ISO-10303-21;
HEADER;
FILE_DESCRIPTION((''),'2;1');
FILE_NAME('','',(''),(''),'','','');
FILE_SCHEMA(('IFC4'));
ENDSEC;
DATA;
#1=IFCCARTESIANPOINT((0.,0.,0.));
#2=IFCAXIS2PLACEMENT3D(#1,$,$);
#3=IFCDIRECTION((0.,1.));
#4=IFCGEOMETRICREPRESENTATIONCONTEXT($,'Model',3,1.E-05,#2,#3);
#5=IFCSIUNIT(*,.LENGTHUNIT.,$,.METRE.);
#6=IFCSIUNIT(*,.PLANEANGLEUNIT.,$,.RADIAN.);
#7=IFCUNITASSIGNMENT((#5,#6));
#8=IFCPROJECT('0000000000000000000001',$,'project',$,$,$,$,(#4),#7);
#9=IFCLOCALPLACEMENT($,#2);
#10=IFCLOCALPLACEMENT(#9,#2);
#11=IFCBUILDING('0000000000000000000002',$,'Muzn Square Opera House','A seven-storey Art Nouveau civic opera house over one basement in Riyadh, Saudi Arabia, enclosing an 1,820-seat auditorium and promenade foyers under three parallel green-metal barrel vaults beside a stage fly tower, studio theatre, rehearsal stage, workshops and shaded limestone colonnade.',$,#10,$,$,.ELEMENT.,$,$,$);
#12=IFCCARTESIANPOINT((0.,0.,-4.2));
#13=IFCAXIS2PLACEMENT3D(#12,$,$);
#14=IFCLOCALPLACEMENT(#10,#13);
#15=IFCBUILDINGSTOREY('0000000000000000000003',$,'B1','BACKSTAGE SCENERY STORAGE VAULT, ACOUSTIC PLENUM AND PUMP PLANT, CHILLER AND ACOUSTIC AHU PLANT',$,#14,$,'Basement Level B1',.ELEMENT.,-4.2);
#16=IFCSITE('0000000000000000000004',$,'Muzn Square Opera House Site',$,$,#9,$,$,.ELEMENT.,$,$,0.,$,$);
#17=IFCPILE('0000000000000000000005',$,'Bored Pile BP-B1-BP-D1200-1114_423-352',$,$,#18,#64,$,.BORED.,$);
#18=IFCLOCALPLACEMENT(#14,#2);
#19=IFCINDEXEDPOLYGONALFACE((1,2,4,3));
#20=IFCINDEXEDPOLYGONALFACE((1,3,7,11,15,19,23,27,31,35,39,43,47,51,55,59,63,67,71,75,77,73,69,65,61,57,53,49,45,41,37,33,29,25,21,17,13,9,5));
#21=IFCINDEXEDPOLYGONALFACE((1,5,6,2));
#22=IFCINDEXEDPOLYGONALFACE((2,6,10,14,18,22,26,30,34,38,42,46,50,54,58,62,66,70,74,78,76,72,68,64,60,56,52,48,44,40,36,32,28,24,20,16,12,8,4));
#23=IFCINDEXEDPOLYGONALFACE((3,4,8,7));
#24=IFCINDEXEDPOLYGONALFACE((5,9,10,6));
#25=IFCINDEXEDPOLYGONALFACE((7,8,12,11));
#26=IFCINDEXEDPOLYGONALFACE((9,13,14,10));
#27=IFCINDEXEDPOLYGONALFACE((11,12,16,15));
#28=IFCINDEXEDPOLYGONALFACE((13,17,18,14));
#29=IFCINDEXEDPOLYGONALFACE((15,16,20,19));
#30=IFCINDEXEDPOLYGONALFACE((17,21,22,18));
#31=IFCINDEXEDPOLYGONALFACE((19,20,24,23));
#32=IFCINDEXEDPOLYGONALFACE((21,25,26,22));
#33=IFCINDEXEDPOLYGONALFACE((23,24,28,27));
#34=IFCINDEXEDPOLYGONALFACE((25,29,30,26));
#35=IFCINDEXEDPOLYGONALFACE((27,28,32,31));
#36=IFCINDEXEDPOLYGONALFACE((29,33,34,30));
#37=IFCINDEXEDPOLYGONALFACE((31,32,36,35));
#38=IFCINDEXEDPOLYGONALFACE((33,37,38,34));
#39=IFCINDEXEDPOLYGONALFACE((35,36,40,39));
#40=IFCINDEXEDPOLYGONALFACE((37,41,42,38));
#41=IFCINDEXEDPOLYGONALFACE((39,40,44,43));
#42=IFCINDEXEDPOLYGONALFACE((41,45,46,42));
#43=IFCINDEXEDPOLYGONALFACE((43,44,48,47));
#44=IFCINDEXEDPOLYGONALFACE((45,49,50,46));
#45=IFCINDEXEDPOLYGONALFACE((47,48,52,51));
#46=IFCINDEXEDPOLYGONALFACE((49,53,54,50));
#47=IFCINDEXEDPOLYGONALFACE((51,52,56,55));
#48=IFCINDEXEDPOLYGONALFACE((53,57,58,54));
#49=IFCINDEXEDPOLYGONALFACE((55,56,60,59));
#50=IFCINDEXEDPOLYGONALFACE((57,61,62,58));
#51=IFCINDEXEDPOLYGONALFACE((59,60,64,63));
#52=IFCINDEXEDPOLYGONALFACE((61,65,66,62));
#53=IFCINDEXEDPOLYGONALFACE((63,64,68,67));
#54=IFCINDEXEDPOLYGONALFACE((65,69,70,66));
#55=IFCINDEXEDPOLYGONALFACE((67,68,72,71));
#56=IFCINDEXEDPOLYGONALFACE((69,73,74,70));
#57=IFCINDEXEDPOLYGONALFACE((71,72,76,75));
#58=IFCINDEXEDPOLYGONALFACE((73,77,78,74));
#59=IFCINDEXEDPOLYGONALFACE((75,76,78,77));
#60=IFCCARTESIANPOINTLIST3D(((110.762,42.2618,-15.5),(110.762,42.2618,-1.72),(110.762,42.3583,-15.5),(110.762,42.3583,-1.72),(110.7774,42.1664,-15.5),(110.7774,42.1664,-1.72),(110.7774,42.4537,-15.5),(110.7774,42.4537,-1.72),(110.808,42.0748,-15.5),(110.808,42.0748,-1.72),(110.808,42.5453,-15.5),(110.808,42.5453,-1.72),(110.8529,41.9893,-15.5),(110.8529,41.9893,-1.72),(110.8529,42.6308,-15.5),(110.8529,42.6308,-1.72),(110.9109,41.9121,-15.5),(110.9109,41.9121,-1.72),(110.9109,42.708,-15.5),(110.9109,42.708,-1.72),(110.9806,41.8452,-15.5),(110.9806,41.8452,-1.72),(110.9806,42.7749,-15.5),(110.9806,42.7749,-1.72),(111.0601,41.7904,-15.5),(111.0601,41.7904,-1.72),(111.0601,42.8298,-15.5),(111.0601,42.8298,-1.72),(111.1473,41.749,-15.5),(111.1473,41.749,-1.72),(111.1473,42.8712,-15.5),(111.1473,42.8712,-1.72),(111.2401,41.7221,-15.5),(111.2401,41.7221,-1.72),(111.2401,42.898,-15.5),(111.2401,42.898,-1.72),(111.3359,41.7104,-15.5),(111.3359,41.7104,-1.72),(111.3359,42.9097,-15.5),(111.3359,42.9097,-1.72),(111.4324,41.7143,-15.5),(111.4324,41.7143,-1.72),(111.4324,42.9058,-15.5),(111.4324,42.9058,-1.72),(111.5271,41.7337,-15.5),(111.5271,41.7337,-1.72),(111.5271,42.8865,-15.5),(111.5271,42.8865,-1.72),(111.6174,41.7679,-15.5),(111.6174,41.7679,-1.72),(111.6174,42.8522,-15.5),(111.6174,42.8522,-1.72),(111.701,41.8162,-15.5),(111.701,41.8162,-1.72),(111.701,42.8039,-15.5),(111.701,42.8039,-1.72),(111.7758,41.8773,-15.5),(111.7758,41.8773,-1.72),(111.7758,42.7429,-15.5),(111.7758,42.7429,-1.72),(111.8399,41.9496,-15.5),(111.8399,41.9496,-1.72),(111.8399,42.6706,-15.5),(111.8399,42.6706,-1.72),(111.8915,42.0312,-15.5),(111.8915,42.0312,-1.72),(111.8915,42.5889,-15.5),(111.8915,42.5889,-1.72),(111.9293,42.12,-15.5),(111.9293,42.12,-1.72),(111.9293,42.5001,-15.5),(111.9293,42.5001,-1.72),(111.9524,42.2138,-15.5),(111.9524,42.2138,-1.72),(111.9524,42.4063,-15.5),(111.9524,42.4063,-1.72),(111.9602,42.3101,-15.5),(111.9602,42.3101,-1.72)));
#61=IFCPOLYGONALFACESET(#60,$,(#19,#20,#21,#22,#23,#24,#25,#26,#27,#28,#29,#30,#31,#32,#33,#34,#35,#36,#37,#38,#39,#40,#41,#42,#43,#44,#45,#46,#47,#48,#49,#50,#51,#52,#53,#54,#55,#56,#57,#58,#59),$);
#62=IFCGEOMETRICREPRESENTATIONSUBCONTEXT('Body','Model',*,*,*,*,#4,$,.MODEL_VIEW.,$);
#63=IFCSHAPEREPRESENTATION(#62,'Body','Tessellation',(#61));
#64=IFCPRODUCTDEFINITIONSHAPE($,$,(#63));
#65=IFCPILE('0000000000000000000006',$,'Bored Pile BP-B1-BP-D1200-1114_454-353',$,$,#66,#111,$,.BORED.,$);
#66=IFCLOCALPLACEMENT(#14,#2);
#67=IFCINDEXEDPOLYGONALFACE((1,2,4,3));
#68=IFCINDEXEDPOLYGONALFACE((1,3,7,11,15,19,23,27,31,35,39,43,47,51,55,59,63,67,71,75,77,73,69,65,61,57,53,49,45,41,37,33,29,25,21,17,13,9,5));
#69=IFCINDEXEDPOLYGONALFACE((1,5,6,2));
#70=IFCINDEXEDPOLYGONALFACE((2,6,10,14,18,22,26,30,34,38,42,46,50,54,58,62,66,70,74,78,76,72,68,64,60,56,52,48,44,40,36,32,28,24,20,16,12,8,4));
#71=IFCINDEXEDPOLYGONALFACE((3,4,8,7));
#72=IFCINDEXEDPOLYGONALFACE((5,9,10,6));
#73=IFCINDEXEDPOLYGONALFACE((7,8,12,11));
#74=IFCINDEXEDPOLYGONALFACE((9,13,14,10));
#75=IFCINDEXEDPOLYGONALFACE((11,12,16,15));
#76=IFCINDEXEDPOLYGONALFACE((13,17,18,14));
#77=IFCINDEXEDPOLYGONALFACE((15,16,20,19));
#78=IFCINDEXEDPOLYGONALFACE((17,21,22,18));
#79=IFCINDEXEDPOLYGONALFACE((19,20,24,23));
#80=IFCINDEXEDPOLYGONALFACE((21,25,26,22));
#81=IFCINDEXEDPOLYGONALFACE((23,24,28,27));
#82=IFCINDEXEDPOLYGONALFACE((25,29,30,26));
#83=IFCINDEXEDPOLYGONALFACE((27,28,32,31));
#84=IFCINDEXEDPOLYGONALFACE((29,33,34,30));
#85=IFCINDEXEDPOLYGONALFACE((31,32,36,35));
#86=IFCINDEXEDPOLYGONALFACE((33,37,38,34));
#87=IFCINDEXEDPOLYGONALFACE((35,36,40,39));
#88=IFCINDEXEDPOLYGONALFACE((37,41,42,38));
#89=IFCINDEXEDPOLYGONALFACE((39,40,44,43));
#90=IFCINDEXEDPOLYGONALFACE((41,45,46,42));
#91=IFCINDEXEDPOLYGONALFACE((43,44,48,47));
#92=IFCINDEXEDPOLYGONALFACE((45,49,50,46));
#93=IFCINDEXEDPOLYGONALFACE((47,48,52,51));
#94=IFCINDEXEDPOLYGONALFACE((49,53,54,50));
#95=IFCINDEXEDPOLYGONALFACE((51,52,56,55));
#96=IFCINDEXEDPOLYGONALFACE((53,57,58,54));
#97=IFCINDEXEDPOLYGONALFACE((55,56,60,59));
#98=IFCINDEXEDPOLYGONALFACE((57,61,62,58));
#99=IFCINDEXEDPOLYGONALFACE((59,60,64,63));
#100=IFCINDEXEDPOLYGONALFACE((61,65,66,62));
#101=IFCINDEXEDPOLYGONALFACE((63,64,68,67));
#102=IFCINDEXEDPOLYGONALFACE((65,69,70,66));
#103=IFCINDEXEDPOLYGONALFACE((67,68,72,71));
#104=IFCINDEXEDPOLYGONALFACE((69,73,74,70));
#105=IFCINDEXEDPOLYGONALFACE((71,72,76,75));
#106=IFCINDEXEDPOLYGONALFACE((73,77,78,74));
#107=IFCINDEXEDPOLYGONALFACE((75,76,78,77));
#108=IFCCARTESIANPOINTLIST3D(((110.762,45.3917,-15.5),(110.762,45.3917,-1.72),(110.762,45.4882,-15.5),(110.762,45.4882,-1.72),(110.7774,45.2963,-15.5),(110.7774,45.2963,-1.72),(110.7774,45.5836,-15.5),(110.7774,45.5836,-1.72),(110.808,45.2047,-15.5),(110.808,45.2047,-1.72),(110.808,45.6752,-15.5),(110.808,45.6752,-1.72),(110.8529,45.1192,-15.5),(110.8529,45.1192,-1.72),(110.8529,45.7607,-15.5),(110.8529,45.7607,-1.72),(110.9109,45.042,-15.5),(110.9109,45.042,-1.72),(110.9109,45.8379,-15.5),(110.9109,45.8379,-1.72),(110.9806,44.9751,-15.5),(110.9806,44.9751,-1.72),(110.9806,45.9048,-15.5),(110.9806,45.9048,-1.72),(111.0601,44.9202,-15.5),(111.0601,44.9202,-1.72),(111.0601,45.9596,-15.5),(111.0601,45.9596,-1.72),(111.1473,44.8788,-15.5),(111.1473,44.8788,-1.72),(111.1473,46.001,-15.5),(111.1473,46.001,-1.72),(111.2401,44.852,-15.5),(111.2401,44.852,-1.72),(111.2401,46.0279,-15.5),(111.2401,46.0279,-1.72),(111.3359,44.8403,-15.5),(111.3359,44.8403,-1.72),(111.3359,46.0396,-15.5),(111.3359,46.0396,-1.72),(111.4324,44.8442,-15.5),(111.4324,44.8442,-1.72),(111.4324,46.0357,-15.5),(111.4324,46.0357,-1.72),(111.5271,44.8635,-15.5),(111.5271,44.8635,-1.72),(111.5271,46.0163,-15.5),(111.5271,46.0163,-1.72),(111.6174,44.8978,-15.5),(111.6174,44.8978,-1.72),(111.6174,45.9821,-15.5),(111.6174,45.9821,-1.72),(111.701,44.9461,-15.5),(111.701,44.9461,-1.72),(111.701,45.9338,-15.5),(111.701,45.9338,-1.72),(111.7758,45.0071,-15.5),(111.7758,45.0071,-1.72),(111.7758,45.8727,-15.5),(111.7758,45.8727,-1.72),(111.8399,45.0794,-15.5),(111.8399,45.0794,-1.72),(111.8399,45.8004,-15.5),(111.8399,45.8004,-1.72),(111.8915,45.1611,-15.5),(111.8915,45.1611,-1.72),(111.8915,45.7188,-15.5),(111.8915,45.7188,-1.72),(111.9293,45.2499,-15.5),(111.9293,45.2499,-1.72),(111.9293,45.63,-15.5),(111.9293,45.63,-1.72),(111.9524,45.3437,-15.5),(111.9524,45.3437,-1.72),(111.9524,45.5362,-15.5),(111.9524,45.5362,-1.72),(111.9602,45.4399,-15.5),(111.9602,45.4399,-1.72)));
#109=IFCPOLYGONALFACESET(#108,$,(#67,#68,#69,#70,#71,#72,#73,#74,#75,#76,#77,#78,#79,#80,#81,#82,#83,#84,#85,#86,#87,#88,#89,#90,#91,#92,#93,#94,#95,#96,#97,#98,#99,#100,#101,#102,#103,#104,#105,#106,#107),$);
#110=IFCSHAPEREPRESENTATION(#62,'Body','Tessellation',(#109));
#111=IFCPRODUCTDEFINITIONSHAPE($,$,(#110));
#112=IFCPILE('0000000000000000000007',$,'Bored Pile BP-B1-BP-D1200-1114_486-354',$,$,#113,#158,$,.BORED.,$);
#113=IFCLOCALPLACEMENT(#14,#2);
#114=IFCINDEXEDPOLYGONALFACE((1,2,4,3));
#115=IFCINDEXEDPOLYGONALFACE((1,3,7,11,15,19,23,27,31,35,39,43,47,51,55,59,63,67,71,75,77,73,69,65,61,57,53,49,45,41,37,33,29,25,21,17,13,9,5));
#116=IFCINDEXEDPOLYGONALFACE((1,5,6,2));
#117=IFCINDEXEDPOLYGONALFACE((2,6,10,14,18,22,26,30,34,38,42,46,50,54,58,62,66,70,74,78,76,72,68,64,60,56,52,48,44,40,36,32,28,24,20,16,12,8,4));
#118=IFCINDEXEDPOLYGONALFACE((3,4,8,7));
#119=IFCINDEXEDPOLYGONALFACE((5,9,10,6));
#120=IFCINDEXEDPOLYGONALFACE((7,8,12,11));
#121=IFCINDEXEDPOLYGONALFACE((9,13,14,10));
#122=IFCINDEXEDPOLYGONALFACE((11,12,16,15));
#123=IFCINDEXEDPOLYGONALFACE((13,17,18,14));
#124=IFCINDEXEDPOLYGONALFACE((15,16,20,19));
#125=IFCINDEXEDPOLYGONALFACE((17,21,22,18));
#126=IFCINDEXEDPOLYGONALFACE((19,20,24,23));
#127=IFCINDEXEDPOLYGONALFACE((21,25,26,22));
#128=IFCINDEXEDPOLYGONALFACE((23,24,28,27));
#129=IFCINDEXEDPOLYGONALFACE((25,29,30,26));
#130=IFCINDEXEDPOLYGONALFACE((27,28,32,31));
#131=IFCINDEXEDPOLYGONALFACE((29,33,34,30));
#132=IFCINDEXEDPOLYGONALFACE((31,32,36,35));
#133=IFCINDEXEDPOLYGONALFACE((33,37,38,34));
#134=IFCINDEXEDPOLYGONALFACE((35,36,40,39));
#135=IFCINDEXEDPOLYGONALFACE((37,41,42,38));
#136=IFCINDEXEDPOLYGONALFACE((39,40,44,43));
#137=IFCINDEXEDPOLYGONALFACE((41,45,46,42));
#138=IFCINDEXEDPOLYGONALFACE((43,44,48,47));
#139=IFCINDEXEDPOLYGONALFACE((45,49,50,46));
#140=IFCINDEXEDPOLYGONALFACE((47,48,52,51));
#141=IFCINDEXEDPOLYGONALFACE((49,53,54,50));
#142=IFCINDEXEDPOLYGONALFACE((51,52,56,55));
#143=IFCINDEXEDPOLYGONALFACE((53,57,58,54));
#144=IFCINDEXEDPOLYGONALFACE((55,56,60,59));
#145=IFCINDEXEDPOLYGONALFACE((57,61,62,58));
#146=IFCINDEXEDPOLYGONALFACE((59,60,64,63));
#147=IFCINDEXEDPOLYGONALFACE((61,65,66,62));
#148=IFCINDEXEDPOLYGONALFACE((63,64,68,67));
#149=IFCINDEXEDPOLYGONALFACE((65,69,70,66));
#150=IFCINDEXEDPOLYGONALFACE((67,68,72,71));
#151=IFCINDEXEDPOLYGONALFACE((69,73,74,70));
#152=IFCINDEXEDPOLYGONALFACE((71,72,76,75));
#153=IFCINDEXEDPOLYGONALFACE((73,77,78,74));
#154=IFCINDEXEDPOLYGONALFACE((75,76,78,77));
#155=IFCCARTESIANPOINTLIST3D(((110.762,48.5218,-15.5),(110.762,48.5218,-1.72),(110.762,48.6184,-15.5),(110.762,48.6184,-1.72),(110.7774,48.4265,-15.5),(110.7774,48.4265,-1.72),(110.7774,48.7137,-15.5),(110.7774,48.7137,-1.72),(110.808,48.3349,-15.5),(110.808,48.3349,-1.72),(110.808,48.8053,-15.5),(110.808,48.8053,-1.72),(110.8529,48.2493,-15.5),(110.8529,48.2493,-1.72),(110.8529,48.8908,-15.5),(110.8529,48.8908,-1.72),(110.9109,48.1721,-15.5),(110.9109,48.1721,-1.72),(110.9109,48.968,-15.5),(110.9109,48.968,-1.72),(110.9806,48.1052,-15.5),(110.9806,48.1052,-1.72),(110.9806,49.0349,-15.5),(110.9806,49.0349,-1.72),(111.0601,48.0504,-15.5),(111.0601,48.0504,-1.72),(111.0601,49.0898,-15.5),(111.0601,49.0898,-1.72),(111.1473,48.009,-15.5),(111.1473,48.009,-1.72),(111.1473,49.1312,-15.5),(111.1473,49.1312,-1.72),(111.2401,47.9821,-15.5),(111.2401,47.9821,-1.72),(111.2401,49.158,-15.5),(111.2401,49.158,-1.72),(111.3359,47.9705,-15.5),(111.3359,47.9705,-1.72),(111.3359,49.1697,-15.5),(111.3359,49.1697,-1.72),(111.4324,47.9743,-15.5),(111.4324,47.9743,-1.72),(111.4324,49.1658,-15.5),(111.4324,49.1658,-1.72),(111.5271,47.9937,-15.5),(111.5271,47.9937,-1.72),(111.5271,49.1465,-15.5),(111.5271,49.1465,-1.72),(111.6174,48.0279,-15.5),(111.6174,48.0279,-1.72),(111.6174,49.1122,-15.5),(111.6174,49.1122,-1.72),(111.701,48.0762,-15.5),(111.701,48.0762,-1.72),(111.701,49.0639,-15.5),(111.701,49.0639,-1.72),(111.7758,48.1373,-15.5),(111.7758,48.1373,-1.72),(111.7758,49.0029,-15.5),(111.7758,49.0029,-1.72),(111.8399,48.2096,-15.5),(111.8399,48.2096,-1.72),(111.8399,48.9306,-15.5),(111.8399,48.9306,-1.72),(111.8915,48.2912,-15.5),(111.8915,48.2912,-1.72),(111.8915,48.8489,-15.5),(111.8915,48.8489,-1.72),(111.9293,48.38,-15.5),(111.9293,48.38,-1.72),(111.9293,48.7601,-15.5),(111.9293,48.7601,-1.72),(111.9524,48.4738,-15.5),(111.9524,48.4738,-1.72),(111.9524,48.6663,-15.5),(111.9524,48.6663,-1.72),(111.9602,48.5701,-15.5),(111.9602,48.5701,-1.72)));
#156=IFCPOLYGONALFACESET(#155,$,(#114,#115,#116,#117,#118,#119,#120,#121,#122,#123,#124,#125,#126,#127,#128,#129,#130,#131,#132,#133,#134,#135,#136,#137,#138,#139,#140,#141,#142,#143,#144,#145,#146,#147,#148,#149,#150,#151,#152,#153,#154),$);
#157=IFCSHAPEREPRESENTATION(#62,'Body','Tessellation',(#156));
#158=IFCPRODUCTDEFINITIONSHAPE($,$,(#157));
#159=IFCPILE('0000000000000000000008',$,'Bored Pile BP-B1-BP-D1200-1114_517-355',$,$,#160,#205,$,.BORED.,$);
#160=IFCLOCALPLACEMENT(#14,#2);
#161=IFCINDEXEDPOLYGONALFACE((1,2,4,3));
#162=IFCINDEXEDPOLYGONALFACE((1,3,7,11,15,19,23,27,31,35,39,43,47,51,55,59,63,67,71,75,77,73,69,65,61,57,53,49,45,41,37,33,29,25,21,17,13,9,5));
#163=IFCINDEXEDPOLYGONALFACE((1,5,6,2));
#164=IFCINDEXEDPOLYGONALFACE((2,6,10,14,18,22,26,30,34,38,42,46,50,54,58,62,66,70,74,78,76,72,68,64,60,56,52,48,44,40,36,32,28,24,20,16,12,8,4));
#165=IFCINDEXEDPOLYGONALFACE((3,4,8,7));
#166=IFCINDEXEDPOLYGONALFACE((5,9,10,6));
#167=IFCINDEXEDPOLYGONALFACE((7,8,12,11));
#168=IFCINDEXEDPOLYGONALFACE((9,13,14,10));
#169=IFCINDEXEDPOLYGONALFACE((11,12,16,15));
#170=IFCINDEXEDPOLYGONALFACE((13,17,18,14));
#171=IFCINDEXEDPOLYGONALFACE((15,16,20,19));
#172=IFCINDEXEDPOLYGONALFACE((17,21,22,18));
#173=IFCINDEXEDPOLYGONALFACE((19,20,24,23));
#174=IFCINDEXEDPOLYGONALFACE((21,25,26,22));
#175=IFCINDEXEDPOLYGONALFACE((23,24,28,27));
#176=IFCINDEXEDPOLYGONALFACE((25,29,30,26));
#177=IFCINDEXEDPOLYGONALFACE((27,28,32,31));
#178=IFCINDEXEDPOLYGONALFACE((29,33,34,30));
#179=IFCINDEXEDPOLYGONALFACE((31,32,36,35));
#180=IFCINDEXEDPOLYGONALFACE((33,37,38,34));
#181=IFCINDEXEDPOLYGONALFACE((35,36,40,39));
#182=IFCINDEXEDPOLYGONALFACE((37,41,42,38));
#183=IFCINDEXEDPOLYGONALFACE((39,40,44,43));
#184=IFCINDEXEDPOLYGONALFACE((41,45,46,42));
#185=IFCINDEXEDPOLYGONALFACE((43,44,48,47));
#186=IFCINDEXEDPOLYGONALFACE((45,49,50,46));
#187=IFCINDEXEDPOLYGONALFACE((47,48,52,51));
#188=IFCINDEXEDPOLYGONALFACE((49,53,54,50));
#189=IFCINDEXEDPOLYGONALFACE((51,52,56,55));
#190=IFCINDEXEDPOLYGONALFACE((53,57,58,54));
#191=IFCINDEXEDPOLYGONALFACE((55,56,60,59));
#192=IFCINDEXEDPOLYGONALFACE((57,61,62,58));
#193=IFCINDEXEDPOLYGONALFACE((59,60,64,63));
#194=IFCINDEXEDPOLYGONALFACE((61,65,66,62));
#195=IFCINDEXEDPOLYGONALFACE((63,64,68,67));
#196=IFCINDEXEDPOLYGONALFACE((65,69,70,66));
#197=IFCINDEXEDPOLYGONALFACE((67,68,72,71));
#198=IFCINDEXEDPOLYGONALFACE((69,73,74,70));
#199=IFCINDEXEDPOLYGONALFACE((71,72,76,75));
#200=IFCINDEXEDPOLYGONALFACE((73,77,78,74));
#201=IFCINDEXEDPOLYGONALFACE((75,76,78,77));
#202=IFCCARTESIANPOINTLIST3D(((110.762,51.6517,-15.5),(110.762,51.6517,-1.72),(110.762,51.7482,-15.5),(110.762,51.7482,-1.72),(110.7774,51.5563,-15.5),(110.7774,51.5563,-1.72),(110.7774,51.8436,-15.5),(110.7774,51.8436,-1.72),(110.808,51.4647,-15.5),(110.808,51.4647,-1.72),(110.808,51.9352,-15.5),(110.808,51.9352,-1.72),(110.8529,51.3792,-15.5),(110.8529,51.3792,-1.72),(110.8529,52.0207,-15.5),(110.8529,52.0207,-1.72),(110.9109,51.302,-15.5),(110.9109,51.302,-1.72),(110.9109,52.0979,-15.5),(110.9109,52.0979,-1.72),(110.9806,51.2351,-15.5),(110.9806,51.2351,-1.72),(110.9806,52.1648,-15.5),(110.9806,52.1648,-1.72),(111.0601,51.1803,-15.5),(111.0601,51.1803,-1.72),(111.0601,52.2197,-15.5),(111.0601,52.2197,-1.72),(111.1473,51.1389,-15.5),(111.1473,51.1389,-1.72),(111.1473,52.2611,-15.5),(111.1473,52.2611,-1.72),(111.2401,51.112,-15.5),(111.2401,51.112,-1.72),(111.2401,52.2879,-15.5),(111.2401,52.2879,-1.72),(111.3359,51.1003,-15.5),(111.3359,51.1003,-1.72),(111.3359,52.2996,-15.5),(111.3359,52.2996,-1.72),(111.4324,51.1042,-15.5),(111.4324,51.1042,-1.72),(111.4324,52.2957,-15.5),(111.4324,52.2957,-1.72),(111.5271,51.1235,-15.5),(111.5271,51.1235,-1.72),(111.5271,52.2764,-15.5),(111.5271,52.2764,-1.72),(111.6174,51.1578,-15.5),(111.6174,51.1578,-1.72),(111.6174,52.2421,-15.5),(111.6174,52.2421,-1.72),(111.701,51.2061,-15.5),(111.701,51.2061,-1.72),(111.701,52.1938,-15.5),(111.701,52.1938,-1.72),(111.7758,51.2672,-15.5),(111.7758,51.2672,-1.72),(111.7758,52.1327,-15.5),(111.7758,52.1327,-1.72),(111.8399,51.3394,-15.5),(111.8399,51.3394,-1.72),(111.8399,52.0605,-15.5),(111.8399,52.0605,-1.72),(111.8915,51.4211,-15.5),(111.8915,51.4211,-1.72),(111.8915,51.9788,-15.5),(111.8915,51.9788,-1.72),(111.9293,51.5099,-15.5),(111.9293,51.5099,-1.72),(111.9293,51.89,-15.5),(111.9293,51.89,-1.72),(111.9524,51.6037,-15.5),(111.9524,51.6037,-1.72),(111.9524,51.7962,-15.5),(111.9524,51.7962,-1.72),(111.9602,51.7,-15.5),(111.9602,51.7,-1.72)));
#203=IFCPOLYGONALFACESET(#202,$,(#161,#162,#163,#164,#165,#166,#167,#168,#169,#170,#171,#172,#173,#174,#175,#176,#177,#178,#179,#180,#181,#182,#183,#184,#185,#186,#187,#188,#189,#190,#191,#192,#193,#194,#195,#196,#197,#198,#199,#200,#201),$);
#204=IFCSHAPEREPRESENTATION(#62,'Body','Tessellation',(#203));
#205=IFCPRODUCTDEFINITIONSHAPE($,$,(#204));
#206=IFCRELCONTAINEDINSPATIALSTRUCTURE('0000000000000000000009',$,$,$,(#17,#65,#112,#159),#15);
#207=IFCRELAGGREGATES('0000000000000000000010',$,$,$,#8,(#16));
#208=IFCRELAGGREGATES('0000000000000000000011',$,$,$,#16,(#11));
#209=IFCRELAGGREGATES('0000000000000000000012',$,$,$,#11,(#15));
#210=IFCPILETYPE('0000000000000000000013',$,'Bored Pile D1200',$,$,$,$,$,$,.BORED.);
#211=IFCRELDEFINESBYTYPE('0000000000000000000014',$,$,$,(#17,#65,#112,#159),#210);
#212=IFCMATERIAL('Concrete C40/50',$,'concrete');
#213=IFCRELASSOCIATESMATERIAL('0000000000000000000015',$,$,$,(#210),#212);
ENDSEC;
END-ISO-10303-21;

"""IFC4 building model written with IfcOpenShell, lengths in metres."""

from ifc_helpers import new_model, si_unit, direction, frame, origin, origin_2d, place, context, subcontext, project, spatial, circle, extrude, material, material_profile, profile_set, type_object, element, save


model = new_model("IFC4")

# Units and contexts
model_context = context("Model", 3, precision=1e-05, world=origin(), true_north=direction((0.0, 1.0)))
body_context = subcontext(model_context, "Body", "Model", "MODEL_VIEW")
ifc_project = project(units=[si_unit("LENGTHUNIT", "METRE"), si_unit("PLANEANGLEUNIT", "RADIAN")], contexts=[model_context])

# Site, building, storey
site_placement = place(None, origin())
site = spatial("IfcSite", under=ifc_project, at=site_placement, Name="Muzn Square Opera House Site", CompositionType="ELEMENT", RefElevation=0.0)
building_placement = place(site_placement, origin())
building = spatial("IfcBuilding", under=site, at=building_placement, Name="Muzn Square Opera House", Description="A seven-storey Art Nouveau civic opera house over one basement in Riyadh, Saudi Arabia, enclosing an 1,820-seat auditorium and promenade foyers under three parallel green-metal barrel vaults beside a stage fly tower, studio theatre, rehearsal stage, workshops and shaded limestone colonnade.", CompositionType="ELEMENT")
storey_placement = place(building_placement, frame((0.0, 0.0, -4.2)))
storey = spatial("IfcBuildingStorey", under=building, at=storey_placement, Name="B1", Description="BACKSTAGE SCENERY STORAGE VAULT, ACOUSTIC PLENUM AND PUMP PLANT, CHILLER AND ACOUSTIC AHU PLANT", LongName="Basement Level B1", CompositionType="ELEMENT", Elevation=-4.2)

# Piles
ifc_material_1 = material(Name="Concrete C40/50", Category="concrete")
ifc_material_profile = material_profile(ifc_material_1, circle(Radius=0.6001, at=origin_2d()), Name="BORED PILE D1200", Category="concrete")
ifc_profile_set = profile_set([ifc_material_profile], Name="Concrete C40/50")
pile_type = type_object("IfcPileType", Name="Bored Pile D1200", PredefinedType="BORED", material=ifc_profile_set)
for number, where, z_axis, x_axis, name in (
    (1, (111.3601, 42.3101, -1.72), (0.0, 0.0, -1.0), (1.0, 0.0, 0.0), "Bored Pile BP-B1-BP-D1200-1114_423-352"),
    (2, (111.3601, 45.4399, -1.72), (0.0, 0.0, -1.0), (1.0, 0.0, 0.0), "Bored Pile BP-B1-BP-D1200-1114_454-353"),
    (3, (111.3601, 48.5701, -1.72), (0.0, 0.0, -1.0), (1.0, 0.0, 0.0), "Bored Pile BP-B1-BP-D1200-1114_486-354"),
    (4, (111.3601, 51.7, -1.72), (0.0, 0.0, -1.0), (1.0, 0.0, 0.0), "Bored Pile BP-B1-BP-D1200-1114_517-355"),
):
    element("IfcPile", number, at=place(storey_placement, frame(where, z_axis=z_axis, x_axis=x_axis)), inside=storey, type_object=pile_type, Name=name, PredefinedType="BORED", context=body_context, shape_type="SweptSolid", body=[
        extrude(circle(Radius=0.6001, at=origin_2d()), origin(), (0.0, 0.0, 1.0), 13.78),
    ])

save(model, "model.ifc")
